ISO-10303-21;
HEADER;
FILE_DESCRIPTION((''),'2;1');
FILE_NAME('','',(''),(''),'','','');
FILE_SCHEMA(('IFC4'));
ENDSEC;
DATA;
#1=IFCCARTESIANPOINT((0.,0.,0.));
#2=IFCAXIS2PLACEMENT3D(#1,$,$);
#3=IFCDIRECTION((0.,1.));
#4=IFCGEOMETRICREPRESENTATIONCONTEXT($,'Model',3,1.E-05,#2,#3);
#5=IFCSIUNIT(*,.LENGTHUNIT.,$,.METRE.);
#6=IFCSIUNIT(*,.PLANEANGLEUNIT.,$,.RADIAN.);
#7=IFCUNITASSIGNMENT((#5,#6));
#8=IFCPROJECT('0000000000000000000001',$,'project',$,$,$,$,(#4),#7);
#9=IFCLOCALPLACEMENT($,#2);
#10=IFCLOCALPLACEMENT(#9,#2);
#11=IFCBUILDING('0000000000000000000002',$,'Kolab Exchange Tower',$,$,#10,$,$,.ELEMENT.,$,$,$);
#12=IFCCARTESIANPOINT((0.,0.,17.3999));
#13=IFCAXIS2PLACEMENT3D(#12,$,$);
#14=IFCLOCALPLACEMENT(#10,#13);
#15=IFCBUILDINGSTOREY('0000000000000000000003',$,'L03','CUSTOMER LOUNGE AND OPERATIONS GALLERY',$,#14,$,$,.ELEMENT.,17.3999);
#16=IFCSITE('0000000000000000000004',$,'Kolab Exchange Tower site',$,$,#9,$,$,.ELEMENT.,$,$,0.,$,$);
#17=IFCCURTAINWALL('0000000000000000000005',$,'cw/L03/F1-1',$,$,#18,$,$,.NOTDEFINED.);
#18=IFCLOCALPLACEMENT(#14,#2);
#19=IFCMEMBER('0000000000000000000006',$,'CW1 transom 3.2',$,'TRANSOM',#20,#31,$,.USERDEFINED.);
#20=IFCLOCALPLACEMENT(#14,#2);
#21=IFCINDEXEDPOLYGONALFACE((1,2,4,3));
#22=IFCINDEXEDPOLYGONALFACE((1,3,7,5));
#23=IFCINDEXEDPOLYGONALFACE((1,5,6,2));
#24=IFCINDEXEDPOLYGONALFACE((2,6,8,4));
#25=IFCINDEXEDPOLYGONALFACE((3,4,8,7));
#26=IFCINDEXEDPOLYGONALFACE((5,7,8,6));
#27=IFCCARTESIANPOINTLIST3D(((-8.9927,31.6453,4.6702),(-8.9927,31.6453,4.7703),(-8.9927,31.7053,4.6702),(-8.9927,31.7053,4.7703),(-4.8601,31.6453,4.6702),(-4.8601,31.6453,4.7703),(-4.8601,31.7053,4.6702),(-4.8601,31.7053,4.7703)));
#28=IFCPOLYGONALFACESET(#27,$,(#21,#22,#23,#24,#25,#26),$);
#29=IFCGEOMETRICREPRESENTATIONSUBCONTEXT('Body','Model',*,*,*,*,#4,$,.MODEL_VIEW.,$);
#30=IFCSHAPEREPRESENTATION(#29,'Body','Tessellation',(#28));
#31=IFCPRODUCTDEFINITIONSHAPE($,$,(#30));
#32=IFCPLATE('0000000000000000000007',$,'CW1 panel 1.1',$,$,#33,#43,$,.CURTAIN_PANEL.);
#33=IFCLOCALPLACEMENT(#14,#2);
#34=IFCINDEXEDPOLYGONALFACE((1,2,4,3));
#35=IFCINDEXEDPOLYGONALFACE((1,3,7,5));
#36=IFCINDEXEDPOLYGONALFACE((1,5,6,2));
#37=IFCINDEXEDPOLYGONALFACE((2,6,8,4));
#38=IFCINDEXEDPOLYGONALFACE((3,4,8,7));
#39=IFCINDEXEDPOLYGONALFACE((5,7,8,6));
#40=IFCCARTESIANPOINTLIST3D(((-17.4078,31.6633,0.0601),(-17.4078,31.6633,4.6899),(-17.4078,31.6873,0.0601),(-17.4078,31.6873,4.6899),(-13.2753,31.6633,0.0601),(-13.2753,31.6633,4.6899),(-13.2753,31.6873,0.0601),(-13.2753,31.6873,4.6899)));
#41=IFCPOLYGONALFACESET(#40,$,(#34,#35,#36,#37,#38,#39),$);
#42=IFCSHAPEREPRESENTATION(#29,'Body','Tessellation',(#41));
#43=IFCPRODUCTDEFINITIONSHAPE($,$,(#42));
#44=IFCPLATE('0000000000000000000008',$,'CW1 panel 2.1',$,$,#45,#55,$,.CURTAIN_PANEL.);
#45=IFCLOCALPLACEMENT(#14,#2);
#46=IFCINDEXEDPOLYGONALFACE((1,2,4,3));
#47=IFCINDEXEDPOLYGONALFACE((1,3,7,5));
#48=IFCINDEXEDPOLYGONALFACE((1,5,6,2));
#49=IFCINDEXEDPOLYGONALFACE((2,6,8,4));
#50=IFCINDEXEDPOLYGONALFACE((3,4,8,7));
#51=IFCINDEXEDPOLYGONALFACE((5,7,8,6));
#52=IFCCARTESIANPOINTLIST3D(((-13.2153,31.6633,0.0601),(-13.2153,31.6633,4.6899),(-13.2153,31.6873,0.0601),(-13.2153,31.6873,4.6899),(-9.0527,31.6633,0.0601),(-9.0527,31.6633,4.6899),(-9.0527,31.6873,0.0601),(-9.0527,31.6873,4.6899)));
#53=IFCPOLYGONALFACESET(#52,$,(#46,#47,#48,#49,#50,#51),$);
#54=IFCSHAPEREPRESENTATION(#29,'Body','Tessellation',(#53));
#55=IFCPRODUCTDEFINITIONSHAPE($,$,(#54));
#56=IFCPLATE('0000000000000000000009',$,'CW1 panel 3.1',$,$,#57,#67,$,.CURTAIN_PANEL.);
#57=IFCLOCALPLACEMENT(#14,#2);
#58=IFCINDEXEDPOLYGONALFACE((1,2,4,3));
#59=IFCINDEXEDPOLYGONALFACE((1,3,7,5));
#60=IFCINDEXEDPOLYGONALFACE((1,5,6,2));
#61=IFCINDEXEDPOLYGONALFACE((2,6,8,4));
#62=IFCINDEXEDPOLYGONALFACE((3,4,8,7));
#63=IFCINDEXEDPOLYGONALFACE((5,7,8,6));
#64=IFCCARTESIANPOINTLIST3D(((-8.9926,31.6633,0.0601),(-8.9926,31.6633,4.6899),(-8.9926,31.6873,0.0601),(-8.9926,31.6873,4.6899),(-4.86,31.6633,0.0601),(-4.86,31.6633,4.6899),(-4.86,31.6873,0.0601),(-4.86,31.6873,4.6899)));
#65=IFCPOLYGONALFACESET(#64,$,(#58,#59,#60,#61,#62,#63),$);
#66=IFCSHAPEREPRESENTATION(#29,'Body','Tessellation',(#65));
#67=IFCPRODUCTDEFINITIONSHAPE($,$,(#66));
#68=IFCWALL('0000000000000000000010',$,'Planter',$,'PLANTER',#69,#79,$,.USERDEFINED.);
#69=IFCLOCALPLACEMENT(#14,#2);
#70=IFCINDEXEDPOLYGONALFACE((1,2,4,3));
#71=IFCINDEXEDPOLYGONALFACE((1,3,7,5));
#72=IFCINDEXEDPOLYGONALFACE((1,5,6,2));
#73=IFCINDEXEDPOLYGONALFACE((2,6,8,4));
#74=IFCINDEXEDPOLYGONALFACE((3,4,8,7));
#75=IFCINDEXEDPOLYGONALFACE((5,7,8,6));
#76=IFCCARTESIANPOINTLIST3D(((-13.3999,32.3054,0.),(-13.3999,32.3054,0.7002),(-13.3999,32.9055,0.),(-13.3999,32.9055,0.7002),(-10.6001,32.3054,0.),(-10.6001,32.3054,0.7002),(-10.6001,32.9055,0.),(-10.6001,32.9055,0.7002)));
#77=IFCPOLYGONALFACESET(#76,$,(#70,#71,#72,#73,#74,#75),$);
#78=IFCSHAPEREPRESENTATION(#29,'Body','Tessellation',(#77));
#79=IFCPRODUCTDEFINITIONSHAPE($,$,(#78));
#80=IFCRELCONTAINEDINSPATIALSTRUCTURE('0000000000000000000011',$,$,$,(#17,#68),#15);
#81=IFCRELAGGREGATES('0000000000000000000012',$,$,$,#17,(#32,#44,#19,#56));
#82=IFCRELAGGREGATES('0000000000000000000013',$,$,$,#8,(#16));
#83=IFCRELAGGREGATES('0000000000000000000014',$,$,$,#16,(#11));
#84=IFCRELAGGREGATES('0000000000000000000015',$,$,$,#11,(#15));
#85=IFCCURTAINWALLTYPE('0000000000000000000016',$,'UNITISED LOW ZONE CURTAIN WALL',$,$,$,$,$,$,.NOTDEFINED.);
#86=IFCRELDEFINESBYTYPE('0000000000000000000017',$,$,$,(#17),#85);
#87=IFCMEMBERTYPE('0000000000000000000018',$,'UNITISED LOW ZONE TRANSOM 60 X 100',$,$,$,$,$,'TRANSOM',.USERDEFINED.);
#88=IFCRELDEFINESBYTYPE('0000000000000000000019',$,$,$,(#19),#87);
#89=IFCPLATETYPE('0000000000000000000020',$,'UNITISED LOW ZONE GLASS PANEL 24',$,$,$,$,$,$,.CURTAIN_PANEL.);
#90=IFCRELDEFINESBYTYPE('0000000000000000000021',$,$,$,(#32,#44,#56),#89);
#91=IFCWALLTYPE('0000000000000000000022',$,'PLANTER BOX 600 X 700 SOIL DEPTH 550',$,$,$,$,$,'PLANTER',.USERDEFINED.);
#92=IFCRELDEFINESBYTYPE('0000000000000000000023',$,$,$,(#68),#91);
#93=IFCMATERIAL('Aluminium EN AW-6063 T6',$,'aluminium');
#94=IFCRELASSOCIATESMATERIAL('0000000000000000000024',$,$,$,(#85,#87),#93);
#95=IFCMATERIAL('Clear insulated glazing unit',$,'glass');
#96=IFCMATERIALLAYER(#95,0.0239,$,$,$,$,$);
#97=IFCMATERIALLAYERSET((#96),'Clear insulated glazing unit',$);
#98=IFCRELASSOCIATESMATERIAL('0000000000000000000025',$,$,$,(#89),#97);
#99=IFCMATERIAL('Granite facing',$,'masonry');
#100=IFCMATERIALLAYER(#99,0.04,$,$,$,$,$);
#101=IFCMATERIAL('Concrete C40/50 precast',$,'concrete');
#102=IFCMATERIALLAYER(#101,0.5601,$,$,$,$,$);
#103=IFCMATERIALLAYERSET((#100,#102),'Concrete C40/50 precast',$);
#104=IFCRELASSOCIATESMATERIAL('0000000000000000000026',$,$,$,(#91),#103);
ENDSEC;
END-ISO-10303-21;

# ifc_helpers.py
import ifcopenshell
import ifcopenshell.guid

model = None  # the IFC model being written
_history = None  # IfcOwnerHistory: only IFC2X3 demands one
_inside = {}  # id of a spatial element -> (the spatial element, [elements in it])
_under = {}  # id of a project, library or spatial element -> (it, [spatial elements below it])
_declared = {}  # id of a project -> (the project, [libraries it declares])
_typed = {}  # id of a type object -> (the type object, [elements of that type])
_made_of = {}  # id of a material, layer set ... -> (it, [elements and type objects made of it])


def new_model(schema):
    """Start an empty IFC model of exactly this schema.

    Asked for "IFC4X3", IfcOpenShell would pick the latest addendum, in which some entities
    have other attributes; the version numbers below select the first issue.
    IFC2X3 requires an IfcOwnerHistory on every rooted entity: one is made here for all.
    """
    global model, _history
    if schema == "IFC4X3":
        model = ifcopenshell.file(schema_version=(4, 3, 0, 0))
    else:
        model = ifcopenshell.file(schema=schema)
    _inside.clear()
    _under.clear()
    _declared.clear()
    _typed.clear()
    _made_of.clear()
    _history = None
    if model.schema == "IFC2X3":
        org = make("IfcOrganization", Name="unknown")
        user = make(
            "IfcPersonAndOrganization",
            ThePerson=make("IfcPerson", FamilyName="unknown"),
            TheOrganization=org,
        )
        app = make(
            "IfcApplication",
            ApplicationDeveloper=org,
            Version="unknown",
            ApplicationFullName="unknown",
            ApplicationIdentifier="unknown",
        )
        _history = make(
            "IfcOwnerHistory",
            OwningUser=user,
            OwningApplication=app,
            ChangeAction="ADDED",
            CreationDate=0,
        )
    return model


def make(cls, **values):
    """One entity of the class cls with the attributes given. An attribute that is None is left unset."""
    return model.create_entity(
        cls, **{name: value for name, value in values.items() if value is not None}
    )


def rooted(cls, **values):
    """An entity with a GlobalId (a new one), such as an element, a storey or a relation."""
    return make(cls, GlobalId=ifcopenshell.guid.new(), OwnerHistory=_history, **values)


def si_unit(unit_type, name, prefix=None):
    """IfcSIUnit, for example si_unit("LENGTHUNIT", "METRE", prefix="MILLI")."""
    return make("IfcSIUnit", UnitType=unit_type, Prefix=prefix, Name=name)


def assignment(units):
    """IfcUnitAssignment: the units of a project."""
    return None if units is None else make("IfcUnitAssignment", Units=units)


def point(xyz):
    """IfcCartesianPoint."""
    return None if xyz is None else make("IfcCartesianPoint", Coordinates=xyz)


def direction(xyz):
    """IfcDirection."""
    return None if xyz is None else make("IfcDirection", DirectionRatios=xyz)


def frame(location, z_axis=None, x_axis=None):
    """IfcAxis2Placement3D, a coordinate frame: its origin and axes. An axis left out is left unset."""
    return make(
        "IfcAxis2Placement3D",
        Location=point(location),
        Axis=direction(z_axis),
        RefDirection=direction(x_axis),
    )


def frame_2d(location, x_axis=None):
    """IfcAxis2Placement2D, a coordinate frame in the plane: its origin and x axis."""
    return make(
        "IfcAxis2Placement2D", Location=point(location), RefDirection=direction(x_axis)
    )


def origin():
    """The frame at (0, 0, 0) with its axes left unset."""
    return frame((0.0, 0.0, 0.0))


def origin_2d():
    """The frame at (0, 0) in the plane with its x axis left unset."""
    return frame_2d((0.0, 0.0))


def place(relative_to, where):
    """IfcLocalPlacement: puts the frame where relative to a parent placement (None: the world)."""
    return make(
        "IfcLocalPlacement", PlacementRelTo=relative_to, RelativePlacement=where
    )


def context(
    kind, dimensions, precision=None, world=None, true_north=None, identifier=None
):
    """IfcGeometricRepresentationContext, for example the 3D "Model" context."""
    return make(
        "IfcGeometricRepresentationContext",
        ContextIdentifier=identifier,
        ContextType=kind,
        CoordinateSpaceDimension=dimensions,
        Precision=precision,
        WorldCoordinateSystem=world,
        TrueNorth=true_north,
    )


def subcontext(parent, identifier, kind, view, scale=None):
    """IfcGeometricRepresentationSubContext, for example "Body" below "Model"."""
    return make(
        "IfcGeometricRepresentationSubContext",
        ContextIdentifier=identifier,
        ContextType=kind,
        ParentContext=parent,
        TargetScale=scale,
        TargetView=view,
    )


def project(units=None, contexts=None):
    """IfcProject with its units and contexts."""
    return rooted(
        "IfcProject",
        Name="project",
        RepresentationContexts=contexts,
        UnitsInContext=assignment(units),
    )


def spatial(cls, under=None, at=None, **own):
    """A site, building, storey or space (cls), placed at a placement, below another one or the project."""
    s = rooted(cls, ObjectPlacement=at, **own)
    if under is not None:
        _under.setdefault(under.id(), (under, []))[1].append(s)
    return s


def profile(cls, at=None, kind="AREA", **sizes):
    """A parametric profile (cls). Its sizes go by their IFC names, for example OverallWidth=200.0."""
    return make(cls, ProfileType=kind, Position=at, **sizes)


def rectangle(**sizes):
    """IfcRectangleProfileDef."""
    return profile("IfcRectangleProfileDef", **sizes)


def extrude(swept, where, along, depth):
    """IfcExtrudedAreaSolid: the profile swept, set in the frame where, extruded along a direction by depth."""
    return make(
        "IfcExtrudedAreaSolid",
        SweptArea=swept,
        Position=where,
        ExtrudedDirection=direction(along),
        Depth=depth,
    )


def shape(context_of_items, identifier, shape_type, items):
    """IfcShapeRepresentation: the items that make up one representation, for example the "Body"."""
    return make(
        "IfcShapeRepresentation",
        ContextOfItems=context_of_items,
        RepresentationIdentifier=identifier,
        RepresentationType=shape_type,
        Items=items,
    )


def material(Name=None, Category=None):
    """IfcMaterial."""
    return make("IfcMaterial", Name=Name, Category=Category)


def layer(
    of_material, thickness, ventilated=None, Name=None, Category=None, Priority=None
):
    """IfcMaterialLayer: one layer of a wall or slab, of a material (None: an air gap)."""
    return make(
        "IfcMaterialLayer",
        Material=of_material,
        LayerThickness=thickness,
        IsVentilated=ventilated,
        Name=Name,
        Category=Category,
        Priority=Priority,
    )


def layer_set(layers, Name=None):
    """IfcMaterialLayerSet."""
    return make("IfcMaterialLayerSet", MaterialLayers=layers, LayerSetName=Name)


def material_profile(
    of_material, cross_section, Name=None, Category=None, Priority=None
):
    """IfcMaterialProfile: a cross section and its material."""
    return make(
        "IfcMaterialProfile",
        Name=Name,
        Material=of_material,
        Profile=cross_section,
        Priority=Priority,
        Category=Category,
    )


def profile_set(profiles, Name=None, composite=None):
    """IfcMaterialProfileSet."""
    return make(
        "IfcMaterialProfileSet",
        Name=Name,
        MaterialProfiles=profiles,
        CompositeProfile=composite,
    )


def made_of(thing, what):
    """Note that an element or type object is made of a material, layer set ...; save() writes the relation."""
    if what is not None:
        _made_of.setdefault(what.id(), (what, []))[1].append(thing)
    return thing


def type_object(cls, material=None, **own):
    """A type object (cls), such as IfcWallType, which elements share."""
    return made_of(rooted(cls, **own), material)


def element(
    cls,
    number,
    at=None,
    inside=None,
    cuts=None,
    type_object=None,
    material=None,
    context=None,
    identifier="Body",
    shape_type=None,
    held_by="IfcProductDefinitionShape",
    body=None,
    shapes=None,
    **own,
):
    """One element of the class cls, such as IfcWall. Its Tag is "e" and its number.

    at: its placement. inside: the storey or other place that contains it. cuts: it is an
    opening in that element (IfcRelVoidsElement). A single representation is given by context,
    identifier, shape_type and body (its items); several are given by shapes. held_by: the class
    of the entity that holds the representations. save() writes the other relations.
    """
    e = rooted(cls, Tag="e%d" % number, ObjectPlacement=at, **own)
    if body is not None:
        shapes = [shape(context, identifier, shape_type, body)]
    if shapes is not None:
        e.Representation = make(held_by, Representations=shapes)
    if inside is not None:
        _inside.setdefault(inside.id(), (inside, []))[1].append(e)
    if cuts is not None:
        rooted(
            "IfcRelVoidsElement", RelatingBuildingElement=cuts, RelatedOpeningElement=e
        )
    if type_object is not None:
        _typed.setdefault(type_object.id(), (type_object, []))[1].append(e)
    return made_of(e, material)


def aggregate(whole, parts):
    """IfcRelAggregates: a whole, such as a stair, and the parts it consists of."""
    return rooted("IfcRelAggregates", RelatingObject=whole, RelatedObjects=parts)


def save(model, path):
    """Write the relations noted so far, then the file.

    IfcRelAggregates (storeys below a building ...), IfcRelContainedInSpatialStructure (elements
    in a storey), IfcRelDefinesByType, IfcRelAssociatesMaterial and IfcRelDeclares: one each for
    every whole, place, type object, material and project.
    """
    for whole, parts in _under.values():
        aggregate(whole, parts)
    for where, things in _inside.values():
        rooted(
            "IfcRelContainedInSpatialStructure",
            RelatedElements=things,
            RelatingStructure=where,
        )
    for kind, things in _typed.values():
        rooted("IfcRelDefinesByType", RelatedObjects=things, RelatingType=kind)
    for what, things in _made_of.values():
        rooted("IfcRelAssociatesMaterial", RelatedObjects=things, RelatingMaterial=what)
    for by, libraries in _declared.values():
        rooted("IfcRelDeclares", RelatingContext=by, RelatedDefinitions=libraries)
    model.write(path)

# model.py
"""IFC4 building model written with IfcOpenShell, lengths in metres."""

from ifc_helpers import new_model, si_unit, direction, frame, frame_2d, origin, origin_2d, place, context, subcontext, project, spatial, rectangle, extrude, material, layer, layer_set, material_profile, profile_set, type_object, element, aggregate, save


model = new_model("IFC4")

# Units and contexts
model_context = context("Model", 3, precision=1e-05, world=origin(), true_north=direction((0.0, 1.0)))
body_context = subcontext(model_context, "Body", "Model", "MODEL_VIEW")
ifc_project = project(units=[si_unit("LENGTHUNIT", "METRE"), si_unit("PLANEANGLEUNIT", "RADIAN")], contexts=[model_context])

# Site, building, storey
site_placement = place(None, origin())
site = spatial("IfcSite", under=ifc_project, at=site_placement, Name="Kolab Exchange Tower site", CompositionType="ELEMENT", RefElevation=0.0)
building_placement = place(site_placement, origin())
building = spatial("IfcBuilding", under=site, at=building_placement, Name="Kolab Exchange Tower", CompositionType="ELEMENT")
storey_placement = place(building_placement, frame((0.0, 0.0, 17.3999)))
storey = spatial("IfcBuildingStorey", under=building, at=storey_placement, Name="L03", Description="CUSTOMER LOUNGE AND OPERATIONS GALLERY", CompositionType="ELEMENT", Elevation=17.3999)

# Curtain wall, member, plates
ifc_material_1 = material(Name="Aluminium EN AW-6063 T6", Category="aluminium")
curtain_wall_type = type_object("IfcCurtainWallType", Name="UNITISED LOW ZONE CURTAIN WALL", PredefinedType="NOTDEFINED", material=ifc_material_1)
curtain_wall_placement = place(storey_placement, origin())
curtain_wall = element("IfcCurtainWall", 1, at=curtain_wall_placement, inside=storey, type_object=curtain_wall_type, Name="cw/L03/F1-1", PredefinedType="NOTDEFINED")
ifc_material_profile_1 = material_profile(ifc_material_1, rectangle(XDim=0.0601, YDim=0.1001, at=origin_2d()), Name="RECT 60X100")
ifc_profile_set_1 = profile_set([ifc_material_profile_1], Name="Aluminium EN AW-6063 T6")
member_type_1 = type_object("IfcMemberType", Name="UNITISED LOW ZONE TRANSOM 60 X 100", ElementType="TRANSOM", PredefinedType="USERDEFINED", material=ifc_profile_set_1)
member_1_placement = place(storey_placement, frame((-8.9927, 31.6753, 4.7202), z_axis=(1.0, 0.0, 0.0), x_axis=(0.0, 1.0, 0.0)))
member_1 = element("IfcMember", 2, at=member_1_placement, type_object=member_type_1, Name="CW1 transom 3.2", ObjectType="TRANSOM", PredefinedType="USERDEFINED", context=body_context, shape_type="SweptSolid", body=[
    extrude(rectangle(XDim=0.0601, YDim=0.1001, at=origin_2d()), origin(), (0.0, 0.0, 1.0), 4.1326),
])
ifc_material_2 = material(Name="Clear insulated glazing unit", Category="glass")
ifc_layer_1 = layer(ifc_material_2, 0.0239)
ifc_layer_set_1 = layer_set([ifc_layer_1], Name="Clear insulated glazing unit")
plate_type = type_object("IfcPlateType", Name="UNITISED LOW ZONE GLASS PANEL 24", PredefinedType="CURTAIN_PANEL", material=ifc_layer_set_1)
plate_1_placement = place(storey_placement, frame((-15.3416, 31.6753, 0.0601), z_axis=(0.0, 0.0, 1.0), x_axis=(1.0, 0.0, 0.0)))
plate_1 = element("IfcPlate", 3, at=plate_1_placement, type_object=plate_type, Name="CW1 panel 1.1", PredefinedType="CURTAIN_PANEL", context=body_context, shape_type="SweptSolid", body=[
    extrude(rectangle(XDim=4.1326, YDim=0.0239, at=origin_2d()), origin(), (0.0, 0.0, 1.0), 4.6299),
])
plate_2_placement = place(storey_placement, frame((-11.134, 31.6753, 0.0601), z_axis=(0.0, 0.0, 1.0), x_axis=(1.0, 0.0, 0.0)))
plate_2 = element("IfcPlate", 4, at=plate_2_placement, type_object=plate_type, Name="CW1 panel 2.1", PredefinedType="CURTAIN_PANEL", context=body_context, shape_type="SweptSolid", body=[
    extrude(rectangle(XDim=4.1626, YDim=0.0239, at=origin_2d()), origin(), (0.0, 0.0, 1.0), 4.6299),
])
plate_3_placement = place(storey_placement, frame((-6.9263, 31.6753, 0.0601), z_axis=(0.0, 0.0, 1.0), x_axis=(1.0, 0.0, 0.0)))
plate_3 = element("IfcPlate", 5, at=plate_3_placement, type_object=plate_type, Name="CW1 panel 3.1", PredefinedType="CURTAIN_PANEL", context=body_context, shape_type="SweptSolid", body=[
    extrude(rectangle(XDim=4.1326, YDim=0.0239, at=origin_2d()), origin(), (0.0, 0.0, 1.0), 4.6299),
])
aggregate(curtain_wall, [plate_1, plate_2, member_1, plate_3])

# Wall
ifc_material_3 = material(Name="Granite facing", Category="masonry")
ifc_layer_2 = layer(ifc_material_3, 0.04)
ifc_material_4 = material(Name="Concrete C40/50 precast", Category="concrete")
ifc_layer_3 = layer(ifc_material_4, 0.5601)
ifc_layer_set_2 = layer_set([ifc_layer_2, ifc_layer_3], Name="Concrete C40/50 precast")
wall_type_1 = type_object("IfcWallType", Name="PLANTER BOX 600 X 700 SOIL DEPTH 550", ElementType="PLANTER", PredefinedType="USERDEFINED", material=ifc_layer_set_2)
wall_1_placement = place(storey_placement, frame((-13.3999, 32.6055, 0.0), z_axis=(0.0, 0.0, 1.0), x_axis=(1.0, 0.0, 0.0)))
element("IfcWall", 6, at=wall_1_placement, inside=storey, type_object=wall_type_1, Name="Planter", ObjectType="PLANTER", PredefinedType="USERDEFINED", context=body_context, shape_type="SweptSolid", body=[
    extrude(rectangle(XDim=2.7998, YDim=0.6001, at=frame_2d((1.3999, 0.0))), origin(), (0.0, 0.0, 1.0), 0.7002),
])

save(model, "model.ifc")
